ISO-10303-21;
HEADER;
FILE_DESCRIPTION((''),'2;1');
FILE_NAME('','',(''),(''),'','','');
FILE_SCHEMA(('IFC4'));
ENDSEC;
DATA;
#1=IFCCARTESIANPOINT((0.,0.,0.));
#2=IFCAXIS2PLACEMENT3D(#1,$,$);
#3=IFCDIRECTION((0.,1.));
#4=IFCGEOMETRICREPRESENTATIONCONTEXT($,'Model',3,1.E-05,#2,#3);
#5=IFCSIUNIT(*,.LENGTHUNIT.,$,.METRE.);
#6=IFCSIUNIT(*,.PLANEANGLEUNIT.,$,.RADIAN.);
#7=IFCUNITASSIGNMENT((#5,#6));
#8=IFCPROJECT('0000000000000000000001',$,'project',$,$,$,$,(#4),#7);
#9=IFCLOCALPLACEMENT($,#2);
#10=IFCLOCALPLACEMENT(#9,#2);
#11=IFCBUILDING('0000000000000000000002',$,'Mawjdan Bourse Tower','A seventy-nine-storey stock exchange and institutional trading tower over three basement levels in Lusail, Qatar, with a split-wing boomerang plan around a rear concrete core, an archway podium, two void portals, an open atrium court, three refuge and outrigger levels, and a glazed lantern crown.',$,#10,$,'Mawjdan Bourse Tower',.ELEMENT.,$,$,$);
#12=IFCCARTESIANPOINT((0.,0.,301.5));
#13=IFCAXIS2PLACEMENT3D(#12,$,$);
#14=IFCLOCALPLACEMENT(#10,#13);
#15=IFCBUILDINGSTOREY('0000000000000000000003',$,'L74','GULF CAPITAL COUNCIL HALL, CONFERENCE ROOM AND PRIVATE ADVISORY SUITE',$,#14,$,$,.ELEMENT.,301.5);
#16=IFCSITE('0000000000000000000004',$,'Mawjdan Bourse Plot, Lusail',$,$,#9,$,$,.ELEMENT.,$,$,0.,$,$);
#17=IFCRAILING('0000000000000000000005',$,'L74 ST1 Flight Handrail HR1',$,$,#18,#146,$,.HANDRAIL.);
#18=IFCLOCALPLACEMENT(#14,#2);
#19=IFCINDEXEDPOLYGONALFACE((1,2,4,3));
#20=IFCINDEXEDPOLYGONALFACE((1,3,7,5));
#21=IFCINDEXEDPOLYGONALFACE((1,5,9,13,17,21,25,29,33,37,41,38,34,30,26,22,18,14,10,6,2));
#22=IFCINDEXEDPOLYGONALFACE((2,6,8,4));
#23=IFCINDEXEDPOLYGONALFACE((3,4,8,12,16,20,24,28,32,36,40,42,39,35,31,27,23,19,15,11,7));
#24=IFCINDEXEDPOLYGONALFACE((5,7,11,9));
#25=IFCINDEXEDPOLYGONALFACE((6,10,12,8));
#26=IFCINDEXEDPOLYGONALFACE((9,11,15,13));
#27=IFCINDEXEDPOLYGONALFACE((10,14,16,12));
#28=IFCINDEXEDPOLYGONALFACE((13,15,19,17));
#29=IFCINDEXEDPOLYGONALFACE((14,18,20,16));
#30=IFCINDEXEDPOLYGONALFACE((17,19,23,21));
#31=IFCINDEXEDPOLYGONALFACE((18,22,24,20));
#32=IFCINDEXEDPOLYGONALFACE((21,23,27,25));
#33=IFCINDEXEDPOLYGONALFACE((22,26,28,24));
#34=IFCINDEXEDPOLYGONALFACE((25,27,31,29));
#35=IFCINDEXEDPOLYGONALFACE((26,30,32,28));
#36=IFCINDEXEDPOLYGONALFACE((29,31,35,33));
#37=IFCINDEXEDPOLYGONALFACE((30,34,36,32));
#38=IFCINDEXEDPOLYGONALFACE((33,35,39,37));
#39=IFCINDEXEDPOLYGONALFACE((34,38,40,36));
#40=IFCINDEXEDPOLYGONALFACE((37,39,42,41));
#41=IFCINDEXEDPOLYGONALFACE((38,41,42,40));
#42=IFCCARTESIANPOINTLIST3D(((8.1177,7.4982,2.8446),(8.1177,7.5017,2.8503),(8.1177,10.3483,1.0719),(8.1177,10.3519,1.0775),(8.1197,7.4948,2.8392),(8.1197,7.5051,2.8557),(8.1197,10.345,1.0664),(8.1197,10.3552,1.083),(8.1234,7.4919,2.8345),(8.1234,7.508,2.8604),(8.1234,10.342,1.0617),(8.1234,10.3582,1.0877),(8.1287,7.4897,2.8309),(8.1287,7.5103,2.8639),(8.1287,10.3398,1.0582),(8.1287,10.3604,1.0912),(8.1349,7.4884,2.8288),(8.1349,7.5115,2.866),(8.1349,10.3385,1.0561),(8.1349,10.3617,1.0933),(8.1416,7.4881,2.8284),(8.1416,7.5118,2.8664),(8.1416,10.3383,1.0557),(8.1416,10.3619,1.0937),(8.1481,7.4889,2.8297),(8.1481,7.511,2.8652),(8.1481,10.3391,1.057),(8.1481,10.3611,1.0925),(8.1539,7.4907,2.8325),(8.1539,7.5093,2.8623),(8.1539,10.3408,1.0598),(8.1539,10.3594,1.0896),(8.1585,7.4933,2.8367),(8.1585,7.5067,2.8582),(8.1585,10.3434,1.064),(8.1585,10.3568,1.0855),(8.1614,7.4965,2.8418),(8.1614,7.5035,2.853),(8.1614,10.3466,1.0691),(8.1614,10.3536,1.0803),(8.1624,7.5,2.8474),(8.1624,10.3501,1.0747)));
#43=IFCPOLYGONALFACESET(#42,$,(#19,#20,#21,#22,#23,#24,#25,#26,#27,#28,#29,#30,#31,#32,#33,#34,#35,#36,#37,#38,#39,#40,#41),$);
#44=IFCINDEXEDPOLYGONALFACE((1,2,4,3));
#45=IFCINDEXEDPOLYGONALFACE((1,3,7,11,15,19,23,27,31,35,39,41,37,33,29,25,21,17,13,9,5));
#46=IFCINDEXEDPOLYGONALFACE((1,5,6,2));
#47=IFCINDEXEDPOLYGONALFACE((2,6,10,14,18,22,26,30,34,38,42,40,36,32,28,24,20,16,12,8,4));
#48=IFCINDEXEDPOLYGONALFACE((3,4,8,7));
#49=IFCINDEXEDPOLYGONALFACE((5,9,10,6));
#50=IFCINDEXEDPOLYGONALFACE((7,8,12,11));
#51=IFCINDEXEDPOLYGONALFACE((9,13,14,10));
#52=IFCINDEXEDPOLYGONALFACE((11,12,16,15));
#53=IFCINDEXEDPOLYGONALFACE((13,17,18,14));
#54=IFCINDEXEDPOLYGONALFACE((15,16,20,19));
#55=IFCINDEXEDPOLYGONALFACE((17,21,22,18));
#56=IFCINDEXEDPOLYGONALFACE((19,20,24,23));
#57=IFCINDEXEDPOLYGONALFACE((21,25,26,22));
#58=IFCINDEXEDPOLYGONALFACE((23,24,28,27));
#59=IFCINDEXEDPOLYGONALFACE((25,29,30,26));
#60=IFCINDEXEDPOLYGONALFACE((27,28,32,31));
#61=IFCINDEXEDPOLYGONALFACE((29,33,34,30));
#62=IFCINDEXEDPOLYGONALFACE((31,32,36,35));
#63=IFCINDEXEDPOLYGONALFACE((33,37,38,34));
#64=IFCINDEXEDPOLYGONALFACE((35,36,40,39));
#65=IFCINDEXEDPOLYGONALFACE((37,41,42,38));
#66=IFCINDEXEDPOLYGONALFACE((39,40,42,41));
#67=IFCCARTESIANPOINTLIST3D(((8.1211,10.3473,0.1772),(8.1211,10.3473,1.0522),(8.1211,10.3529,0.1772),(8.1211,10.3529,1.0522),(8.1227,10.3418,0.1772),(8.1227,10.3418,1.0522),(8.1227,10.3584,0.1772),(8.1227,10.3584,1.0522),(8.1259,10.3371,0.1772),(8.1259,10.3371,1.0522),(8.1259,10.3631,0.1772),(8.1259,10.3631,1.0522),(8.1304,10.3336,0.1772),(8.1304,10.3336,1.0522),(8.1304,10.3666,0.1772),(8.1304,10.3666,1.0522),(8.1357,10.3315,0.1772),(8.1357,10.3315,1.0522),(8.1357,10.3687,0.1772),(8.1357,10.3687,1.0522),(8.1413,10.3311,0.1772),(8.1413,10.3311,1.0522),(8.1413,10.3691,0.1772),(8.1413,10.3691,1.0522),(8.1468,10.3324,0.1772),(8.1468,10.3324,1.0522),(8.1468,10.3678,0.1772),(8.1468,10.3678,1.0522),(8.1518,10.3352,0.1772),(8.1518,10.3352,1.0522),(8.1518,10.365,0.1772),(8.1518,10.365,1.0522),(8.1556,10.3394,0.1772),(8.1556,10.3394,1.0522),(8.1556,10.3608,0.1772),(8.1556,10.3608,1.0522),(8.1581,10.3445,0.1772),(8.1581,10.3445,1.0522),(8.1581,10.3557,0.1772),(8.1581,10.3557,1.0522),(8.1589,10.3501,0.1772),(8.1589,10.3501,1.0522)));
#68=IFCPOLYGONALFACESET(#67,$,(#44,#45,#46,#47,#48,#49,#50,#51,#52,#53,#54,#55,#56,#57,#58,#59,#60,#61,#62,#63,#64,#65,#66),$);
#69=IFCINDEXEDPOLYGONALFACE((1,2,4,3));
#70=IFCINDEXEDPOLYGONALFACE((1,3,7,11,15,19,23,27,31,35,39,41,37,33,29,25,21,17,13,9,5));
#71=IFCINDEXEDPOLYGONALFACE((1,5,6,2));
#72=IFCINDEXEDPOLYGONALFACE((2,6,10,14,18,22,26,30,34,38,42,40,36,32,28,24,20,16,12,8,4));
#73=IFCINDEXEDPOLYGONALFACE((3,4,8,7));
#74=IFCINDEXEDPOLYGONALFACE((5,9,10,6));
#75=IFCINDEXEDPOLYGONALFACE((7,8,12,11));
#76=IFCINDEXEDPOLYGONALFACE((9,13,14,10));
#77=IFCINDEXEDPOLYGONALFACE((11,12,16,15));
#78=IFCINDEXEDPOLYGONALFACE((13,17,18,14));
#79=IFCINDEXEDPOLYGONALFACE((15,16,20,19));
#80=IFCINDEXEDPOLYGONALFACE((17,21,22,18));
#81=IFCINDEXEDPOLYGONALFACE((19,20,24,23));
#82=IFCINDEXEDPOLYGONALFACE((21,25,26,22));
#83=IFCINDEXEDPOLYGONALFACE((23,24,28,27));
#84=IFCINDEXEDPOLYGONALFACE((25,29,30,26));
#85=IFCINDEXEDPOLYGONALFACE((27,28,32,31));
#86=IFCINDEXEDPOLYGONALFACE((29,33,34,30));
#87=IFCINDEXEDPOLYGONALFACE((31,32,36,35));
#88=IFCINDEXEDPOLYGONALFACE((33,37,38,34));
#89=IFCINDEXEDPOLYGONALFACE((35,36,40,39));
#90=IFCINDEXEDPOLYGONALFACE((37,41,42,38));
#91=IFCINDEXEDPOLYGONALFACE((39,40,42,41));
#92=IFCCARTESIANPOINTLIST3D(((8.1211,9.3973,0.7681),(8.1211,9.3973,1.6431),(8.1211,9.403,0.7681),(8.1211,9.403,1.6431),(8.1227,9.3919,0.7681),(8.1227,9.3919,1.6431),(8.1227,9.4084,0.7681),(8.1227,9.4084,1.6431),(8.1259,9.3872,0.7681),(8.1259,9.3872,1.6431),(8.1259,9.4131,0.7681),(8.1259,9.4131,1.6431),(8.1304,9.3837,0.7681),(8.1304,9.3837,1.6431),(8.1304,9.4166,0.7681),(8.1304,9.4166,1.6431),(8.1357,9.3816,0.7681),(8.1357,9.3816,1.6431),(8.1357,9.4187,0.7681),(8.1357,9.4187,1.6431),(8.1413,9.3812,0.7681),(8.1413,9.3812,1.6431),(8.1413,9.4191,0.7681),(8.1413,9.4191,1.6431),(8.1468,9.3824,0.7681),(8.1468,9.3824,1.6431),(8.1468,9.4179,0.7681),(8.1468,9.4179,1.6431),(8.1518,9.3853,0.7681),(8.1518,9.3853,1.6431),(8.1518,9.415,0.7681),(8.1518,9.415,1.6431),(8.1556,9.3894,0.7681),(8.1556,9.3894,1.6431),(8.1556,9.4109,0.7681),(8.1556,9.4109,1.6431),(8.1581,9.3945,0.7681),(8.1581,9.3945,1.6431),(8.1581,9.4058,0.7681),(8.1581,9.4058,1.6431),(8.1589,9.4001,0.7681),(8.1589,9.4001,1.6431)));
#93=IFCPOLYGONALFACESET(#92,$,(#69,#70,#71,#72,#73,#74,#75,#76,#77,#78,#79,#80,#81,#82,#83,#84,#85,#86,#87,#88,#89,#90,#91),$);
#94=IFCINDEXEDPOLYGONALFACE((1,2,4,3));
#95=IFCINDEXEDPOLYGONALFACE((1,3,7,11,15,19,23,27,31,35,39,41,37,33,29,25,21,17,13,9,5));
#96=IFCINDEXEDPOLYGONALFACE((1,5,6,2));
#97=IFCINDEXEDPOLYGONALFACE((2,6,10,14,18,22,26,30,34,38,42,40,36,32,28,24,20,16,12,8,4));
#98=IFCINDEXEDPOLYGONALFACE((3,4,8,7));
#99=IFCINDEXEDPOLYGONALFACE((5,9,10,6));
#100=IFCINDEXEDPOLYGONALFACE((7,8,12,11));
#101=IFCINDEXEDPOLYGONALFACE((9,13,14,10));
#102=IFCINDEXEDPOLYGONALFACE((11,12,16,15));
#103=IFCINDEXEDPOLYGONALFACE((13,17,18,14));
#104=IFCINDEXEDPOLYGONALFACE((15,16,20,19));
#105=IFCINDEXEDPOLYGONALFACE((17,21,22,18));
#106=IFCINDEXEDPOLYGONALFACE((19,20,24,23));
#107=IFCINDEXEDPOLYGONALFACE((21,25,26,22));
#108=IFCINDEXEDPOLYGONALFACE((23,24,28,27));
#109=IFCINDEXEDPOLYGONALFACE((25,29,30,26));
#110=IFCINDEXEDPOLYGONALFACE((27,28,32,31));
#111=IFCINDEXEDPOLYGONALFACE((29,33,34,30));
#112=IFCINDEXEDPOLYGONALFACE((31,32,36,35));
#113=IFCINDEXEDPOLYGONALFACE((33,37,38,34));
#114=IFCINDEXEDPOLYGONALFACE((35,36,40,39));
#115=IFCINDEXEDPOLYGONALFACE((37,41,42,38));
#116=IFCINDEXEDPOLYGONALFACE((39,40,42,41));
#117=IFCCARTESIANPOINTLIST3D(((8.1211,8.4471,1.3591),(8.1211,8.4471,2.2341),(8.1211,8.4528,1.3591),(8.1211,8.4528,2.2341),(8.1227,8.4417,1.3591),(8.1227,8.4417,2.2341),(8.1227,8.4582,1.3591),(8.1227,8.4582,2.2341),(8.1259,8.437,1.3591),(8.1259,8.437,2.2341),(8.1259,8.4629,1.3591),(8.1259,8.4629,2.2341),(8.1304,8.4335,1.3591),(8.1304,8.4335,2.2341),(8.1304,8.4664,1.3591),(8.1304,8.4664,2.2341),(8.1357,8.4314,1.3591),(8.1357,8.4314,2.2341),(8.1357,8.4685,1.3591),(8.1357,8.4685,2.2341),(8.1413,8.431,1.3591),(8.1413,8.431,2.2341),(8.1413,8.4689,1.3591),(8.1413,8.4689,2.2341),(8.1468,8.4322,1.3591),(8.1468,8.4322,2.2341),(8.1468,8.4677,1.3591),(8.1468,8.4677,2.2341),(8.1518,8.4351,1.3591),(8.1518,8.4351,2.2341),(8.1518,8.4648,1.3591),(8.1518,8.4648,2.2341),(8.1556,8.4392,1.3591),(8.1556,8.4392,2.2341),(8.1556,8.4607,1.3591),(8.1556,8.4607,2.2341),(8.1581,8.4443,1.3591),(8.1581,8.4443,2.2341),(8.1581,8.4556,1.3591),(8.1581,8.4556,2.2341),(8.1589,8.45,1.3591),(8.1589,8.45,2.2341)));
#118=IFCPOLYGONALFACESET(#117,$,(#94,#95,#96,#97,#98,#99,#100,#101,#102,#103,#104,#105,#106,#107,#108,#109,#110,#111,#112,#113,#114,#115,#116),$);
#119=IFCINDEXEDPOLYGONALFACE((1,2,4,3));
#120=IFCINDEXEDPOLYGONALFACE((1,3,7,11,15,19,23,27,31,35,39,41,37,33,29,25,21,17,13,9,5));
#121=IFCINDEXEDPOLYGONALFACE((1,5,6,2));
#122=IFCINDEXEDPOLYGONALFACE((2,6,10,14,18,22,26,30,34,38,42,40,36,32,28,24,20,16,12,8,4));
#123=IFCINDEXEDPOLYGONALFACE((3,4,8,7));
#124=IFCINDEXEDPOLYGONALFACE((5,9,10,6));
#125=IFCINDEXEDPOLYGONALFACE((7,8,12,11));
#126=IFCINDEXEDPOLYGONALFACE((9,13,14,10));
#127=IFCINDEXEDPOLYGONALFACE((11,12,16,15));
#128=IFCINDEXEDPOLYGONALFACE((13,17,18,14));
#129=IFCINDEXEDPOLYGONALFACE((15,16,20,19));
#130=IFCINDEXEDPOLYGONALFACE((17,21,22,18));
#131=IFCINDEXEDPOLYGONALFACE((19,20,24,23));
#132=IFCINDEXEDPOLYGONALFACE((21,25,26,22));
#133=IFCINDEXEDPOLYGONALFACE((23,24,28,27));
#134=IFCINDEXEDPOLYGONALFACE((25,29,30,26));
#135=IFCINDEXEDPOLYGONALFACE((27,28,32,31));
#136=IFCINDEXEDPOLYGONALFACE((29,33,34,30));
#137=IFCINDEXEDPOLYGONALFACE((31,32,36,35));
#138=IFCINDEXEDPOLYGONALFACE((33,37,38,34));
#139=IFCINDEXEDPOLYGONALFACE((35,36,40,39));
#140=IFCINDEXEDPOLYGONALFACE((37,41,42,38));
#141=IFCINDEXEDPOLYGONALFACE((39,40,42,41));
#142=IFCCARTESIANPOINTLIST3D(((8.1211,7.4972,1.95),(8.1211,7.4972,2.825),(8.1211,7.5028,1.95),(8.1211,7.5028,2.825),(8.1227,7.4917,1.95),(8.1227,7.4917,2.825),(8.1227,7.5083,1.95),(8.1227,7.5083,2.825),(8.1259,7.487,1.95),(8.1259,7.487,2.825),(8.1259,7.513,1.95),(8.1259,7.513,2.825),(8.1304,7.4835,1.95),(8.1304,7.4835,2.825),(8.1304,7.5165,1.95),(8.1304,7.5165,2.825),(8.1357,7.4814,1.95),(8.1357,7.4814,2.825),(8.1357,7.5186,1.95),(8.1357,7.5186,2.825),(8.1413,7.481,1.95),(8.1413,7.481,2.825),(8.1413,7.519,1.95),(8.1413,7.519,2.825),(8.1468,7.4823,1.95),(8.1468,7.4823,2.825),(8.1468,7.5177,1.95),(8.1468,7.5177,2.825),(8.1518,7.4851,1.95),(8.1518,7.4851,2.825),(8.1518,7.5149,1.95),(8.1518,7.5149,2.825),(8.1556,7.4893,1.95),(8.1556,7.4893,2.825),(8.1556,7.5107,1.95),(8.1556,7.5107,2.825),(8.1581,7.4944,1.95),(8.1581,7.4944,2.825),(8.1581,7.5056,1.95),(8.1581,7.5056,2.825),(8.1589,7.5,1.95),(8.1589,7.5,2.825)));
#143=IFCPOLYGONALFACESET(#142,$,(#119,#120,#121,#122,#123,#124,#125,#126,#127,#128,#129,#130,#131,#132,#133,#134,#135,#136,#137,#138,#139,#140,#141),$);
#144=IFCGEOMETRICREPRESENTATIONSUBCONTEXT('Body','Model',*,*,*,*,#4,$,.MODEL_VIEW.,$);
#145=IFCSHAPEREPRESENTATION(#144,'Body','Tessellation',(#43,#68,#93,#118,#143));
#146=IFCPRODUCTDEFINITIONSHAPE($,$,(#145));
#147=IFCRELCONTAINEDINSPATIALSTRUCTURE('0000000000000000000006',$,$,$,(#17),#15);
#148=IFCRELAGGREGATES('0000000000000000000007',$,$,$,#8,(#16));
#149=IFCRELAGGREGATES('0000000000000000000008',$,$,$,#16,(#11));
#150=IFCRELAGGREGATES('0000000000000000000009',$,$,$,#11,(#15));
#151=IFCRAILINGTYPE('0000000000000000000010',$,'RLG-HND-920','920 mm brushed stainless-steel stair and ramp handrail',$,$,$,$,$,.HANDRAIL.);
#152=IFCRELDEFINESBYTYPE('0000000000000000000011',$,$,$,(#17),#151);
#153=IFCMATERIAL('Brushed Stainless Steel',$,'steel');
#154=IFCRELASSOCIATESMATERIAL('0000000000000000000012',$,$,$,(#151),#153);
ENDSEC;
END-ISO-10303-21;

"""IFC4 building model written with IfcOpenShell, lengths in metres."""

from ifc_helpers import new_model, si_unit, direction, frame, origin, origin_2d, place, context, subcontext, project, spatial, circle, extrude, material, type_object, element, save


model = new_model("IFC4")

# Units and contexts
model_context = context("Model", 3, precision=1e-05, world=origin(), true_north=direction((0.0, 1.0)))
body_context = subcontext(model_context, "Body", "Model", "MODEL_VIEW")
ifc_project = project(units=[si_unit("LENGTHUNIT", "METRE"), si_unit("PLANEANGLEUNIT", "RADIAN")], contexts=[model_context])

# Site, building, storey
site_placement = place(None, origin())
site = spatial("IfcSite", under=ifc_project, at=site_placement, Name="Mawjdan Bourse Plot, Lusail", CompositionType="ELEMENT", RefElevation=0.0)
building_placement = place(site_placement, origin())
building = spatial("IfcBuilding", under=site, at=building_placement, Name="Mawjdan Bourse Tower", Description="A seventy-nine-storey stock exchange and institutional trading tower over three basement levels in Lusail, Qatar, with a split-wing boomerang plan around a rear concrete core, an archway podium, two void portals, an open atrium court, three refuge and outrigger levels, and a glazed lantern crown.", LongName="Mawjdan Bourse Tower", CompositionType="ELEMENT")
storey_placement = place(building_placement, frame((0.0, 0.0, 301.5)))
storey = spatial("IfcBuildingStorey", under=building, at=storey_placement, Name="L74", Description="GULF CAPITAL COUNCIL HALL, CONFERENCE ROOM AND PRIVATE ADVISORY SUITE", CompositionType="ELEMENT", Elevation=301.5)

# Railing
ifc_material_1 = material(Name="Brushed Stainless Steel", Category="steel")
railing_type_1 = type_object("IfcRailingType", Name="RLG-HND-920", Description="920 mm brushed stainless-steel stair and ramp handrail", PredefinedType="HANDRAIL", material=ifc_material_1)
railing_1_placement = place(storey_placement, frame((8.1399, 10.3501, 0.1772)))
element("IfcRailing", 1, at=railing_1_placement, inside=storey, type_object=railing_type_1, Name="L74 ST1 Flight Handrail HR1", PredefinedType="HANDRAIL", context=body_context, shape_type="SweptSolid", body=[
    extrude(circle(Radius=0.0225, at=origin_2d()), frame((0.0, 0.0, 0.8975), z_axis=(0.0, -0.849149, 0.528154), x_axis=(1.0, 0.0, 0.0)), (0.0, 0.0, 1.0), 3.3564),
    extrude(circle(Radius=0.019, at=origin_2d()), origin(), (0.0, 0.0, 1.0), 0.875),
    extrude(circle(Radius=0.019, at=origin_2d()), frame((0.0, -0.95, 0.5908)), (0.0, 0.0, 1.0), 0.875),
    extrude(circle(Radius=0.019, at=origin_2d()), frame((0.0, -1.9001, 1.1819)), (0.0, 0.0, 1.0), 0.875),
    extrude(circle(Radius=0.019, at=origin_2d()), frame((0.0, -2.8501, 1.7727)), (0.0, 0.0, 1.0), 0.875),
])

save(model, "model.ifc")
